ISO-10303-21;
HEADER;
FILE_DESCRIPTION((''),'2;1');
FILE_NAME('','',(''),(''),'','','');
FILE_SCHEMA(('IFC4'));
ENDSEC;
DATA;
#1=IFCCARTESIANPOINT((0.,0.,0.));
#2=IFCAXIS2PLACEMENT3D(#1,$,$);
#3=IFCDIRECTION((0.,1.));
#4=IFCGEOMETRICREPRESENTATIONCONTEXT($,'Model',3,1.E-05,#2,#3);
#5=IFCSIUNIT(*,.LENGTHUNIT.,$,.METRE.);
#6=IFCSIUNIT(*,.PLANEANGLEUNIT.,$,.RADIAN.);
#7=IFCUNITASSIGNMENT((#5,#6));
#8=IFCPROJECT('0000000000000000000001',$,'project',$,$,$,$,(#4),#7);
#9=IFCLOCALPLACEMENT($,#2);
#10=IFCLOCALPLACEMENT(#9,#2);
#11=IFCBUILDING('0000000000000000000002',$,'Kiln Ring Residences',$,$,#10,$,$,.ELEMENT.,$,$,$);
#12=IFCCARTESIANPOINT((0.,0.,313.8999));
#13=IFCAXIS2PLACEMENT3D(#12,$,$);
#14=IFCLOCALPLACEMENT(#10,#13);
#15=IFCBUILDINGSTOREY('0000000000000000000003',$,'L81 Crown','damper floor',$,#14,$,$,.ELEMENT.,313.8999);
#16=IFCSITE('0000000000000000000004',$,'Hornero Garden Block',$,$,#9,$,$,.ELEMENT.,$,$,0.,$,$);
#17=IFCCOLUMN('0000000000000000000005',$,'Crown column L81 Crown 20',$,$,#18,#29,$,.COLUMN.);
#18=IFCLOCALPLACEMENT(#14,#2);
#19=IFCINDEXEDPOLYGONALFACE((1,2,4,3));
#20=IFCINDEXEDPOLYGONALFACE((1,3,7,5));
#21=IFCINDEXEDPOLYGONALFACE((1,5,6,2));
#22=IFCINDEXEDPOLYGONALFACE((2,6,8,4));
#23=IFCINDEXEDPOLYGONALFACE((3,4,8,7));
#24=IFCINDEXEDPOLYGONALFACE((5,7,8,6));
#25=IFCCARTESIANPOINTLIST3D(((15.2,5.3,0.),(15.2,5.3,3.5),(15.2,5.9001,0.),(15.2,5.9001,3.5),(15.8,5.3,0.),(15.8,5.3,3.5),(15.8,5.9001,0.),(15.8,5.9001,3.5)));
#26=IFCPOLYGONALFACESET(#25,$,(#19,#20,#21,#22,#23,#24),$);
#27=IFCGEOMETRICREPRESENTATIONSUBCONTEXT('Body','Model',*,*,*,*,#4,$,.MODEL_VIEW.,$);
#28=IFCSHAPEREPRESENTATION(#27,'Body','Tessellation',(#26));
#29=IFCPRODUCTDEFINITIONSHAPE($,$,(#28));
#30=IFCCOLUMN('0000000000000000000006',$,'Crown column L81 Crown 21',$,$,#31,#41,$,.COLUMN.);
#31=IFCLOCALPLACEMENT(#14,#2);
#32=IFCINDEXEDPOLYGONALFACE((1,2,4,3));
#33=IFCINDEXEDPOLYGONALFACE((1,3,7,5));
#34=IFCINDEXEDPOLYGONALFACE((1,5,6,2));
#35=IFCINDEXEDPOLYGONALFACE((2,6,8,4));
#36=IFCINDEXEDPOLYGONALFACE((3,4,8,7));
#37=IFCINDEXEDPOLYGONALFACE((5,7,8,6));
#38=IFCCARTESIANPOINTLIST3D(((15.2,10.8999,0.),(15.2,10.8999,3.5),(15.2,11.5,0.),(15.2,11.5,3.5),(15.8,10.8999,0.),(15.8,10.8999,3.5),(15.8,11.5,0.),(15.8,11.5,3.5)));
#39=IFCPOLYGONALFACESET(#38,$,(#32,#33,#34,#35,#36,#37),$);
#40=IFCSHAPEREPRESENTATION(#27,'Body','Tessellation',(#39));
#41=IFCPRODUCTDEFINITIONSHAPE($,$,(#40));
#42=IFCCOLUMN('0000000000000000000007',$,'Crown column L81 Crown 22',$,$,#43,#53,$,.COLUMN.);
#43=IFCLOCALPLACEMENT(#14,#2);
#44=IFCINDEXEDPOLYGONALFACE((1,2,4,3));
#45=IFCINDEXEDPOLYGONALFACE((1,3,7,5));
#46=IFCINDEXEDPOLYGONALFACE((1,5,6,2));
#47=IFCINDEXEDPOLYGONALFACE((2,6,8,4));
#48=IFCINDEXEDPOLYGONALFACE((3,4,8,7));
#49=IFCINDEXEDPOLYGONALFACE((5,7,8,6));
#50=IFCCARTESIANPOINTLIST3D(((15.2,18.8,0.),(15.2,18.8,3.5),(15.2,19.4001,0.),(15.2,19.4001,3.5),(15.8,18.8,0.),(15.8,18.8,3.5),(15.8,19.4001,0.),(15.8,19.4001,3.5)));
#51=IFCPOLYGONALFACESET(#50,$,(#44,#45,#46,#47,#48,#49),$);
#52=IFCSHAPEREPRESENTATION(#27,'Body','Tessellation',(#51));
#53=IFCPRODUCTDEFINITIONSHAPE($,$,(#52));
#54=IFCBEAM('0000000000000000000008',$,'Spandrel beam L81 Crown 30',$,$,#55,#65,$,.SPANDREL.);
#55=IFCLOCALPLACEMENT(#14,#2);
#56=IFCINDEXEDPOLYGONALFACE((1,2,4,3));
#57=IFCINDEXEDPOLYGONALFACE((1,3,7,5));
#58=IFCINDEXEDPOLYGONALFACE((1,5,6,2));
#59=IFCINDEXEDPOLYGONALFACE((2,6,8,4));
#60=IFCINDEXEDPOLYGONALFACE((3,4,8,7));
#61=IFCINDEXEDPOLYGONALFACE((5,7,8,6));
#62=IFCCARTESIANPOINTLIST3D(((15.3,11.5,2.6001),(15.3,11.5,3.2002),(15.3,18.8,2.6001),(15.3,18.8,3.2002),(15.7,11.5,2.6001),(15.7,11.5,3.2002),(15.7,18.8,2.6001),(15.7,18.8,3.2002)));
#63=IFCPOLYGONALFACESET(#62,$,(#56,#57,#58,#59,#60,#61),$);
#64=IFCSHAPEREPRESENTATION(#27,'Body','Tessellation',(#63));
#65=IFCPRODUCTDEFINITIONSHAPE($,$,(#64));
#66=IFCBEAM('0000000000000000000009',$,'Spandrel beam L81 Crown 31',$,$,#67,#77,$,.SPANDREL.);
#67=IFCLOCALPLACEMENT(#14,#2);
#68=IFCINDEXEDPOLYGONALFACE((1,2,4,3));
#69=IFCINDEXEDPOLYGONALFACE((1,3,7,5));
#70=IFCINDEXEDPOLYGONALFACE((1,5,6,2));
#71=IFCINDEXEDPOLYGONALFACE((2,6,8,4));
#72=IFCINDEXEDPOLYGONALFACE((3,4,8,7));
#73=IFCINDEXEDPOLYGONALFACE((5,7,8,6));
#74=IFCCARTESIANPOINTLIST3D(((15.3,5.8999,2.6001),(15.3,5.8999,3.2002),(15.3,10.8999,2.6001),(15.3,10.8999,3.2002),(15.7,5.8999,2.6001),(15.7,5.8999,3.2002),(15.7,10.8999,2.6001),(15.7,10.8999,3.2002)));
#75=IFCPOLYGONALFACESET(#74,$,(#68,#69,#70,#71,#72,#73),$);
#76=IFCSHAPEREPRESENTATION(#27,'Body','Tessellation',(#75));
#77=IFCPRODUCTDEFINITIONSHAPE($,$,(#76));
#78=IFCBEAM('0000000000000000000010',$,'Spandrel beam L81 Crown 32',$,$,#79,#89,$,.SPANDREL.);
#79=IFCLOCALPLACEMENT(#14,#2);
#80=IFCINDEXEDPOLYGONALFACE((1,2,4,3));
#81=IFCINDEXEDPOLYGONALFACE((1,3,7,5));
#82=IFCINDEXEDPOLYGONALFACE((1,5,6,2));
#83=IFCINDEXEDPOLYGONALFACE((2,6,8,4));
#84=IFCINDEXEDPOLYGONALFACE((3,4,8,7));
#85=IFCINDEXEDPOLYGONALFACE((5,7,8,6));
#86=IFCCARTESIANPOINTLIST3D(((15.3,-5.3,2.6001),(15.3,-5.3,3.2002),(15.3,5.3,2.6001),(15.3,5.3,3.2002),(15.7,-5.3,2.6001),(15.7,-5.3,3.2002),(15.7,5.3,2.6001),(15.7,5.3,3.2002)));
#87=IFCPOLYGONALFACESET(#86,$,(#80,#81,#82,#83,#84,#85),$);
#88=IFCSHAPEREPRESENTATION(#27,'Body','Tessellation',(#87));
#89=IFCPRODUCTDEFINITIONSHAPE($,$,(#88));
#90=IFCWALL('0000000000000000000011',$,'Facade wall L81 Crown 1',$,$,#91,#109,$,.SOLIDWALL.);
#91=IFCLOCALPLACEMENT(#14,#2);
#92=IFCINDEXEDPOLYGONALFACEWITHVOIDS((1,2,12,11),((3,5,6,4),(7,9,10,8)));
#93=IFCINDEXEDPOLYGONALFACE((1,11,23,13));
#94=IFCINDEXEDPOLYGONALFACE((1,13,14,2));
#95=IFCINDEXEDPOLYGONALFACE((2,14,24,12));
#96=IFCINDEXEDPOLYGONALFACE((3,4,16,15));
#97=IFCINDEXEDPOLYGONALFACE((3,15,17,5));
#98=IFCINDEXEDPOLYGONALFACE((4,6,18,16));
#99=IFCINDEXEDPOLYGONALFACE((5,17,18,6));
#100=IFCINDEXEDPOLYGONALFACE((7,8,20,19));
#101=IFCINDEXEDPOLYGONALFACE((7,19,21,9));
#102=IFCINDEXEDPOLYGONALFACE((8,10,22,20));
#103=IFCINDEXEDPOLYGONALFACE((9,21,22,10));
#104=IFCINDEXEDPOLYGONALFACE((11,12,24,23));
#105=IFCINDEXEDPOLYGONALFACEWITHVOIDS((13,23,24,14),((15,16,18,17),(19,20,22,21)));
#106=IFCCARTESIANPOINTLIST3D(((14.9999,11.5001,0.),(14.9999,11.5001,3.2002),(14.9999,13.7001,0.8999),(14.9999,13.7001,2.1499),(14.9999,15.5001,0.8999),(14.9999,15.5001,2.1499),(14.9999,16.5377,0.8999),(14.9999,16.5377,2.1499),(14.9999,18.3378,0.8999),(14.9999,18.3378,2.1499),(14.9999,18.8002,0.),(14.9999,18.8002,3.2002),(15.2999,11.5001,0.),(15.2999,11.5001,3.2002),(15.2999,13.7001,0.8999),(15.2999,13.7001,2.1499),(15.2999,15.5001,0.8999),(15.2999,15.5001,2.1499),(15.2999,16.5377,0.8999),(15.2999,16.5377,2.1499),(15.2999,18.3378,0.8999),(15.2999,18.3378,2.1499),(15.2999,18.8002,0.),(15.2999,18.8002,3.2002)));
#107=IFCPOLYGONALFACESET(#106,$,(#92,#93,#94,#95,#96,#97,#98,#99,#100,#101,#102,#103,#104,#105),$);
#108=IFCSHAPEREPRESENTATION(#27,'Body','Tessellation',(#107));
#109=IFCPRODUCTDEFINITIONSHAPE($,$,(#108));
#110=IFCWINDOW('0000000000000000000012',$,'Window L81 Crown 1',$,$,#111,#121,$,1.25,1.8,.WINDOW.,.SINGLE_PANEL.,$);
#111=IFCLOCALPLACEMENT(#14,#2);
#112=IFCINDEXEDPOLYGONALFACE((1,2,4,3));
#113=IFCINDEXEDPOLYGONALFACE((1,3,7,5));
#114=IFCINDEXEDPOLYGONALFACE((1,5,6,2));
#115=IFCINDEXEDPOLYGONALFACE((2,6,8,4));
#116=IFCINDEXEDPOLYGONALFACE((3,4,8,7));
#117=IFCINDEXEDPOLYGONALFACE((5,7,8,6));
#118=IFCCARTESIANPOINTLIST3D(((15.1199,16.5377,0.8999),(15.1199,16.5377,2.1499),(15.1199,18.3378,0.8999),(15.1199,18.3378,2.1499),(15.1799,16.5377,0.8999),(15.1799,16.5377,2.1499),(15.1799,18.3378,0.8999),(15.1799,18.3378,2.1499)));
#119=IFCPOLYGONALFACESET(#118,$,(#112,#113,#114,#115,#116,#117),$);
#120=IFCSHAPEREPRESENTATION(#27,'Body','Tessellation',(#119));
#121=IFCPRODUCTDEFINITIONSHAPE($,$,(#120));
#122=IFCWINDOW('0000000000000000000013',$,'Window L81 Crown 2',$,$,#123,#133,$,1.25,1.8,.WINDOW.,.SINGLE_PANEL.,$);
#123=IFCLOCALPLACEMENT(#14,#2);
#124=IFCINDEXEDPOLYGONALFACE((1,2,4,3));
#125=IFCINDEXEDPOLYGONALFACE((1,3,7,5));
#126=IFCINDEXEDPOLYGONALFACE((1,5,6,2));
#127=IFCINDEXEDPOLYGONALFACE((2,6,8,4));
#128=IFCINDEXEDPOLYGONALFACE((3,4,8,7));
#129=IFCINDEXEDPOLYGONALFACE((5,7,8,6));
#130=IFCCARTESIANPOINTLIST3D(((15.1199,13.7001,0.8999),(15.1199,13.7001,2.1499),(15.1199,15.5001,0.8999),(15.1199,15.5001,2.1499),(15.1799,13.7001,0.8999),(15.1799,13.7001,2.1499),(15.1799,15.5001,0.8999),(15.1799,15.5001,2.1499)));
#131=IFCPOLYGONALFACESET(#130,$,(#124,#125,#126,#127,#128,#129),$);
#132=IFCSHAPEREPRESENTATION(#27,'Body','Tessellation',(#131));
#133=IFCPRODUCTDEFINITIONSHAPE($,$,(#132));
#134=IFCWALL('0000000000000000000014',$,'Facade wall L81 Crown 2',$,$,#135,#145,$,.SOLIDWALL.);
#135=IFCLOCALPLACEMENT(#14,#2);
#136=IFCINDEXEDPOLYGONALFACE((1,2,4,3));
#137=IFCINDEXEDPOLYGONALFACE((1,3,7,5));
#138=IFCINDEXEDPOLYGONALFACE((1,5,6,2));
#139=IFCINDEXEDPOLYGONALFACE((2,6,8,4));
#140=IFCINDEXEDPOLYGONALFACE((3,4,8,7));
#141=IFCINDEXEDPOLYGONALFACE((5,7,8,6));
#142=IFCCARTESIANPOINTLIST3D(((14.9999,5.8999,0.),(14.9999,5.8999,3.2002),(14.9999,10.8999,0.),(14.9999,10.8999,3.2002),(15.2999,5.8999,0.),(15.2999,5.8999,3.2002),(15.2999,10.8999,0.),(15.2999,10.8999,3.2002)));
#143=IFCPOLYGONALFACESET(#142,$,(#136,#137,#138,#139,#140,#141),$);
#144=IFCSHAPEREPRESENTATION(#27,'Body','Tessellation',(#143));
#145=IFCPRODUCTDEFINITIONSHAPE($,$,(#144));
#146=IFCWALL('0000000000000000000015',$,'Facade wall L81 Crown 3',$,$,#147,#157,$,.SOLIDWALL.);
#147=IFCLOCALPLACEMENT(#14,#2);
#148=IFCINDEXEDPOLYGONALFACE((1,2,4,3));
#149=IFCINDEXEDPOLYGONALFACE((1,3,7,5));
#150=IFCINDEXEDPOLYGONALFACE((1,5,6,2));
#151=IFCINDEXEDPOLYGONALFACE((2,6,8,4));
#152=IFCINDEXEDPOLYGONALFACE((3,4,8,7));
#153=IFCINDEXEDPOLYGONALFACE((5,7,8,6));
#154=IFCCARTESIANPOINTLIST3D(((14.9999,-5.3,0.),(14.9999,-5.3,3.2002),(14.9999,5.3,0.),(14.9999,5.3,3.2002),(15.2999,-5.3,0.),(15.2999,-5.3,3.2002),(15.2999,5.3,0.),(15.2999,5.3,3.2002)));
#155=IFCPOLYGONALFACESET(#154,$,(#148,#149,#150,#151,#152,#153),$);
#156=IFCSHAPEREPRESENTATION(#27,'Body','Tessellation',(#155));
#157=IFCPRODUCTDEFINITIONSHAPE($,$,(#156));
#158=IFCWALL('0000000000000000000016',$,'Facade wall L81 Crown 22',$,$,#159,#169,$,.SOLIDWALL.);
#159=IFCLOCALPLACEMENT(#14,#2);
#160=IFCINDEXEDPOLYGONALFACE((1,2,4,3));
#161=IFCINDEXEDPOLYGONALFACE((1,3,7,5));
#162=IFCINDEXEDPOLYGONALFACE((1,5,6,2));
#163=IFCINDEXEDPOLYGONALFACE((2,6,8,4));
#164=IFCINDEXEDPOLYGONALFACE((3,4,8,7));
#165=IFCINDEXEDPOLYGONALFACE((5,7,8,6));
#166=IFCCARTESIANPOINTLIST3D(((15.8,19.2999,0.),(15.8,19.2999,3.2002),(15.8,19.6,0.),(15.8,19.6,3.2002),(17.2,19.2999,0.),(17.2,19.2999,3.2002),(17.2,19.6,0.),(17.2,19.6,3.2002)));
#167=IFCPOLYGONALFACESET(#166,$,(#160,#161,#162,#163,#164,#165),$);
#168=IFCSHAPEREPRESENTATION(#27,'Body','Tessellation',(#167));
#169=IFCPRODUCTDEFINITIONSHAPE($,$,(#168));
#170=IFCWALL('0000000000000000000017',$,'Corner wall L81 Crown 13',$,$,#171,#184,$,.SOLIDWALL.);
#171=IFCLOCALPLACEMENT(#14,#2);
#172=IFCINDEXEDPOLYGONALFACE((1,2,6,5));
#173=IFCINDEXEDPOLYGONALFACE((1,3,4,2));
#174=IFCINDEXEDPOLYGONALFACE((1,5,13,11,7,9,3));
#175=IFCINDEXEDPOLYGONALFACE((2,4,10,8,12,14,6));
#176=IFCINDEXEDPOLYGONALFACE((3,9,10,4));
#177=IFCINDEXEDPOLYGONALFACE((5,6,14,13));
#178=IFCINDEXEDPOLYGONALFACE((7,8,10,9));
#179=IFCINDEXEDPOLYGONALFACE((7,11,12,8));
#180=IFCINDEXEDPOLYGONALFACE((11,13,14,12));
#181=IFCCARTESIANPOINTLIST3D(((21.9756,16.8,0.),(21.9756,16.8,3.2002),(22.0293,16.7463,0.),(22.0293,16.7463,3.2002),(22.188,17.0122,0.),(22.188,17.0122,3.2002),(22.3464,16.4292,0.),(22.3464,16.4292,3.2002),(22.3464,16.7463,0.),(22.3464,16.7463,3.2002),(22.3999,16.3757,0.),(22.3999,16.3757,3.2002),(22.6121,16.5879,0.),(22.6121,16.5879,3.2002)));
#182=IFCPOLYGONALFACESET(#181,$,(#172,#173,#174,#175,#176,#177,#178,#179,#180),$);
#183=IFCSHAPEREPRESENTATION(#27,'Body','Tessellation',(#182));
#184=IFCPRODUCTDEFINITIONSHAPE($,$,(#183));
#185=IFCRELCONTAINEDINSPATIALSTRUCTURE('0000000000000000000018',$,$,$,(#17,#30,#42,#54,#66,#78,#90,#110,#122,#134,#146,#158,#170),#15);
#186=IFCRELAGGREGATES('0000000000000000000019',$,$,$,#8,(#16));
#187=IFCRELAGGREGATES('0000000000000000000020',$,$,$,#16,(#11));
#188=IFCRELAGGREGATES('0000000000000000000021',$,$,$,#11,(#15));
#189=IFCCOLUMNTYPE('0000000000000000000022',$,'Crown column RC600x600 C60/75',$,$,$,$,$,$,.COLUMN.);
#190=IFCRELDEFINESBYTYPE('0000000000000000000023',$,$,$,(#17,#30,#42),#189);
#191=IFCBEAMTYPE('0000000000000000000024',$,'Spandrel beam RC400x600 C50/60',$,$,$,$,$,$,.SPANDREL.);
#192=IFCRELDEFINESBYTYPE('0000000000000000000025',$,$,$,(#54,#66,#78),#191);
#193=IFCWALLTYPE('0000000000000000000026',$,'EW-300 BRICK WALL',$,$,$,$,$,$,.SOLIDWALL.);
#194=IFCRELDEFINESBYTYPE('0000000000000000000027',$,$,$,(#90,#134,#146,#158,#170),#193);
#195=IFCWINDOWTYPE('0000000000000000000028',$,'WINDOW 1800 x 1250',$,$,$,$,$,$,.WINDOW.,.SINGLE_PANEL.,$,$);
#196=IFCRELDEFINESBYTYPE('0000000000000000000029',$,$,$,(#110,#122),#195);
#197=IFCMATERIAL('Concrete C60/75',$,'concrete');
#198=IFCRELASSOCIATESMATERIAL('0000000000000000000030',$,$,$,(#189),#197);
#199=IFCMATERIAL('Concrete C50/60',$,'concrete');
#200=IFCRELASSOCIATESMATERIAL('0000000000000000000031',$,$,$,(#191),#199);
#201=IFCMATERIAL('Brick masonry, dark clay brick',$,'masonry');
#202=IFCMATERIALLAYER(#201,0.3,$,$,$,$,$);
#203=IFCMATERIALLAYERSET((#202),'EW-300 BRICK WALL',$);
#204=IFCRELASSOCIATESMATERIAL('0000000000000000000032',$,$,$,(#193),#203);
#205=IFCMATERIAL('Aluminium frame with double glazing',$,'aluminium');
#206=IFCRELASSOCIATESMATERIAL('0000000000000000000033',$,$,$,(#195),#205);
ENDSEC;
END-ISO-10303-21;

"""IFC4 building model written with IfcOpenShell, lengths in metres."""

from ifc_helpers import new_model, si_unit, direction, frame, frame_2d, origin, origin_2d, place, context, subcontext, project, spatial, polyline, rectangle, outline, extrude, material, layer, layer_set, material_profile, profile_set, type_object, element, fill, save


model = new_model("IFC4")

# Units and contexts
model_context = context("Model", 3, precision=1e-05, world=origin(), true_north=direction((0.0, 1.0)))
body_context = subcontext(model_context, "Body", "Model", "MODEL_VIEW")
ifc_project = project(units=[si_unit("LENGTHUNIT", "METRE"), si_unit("PLANEANGLEUNIT", "RADIAN")], contexts=[model_context])

# Site, building, storey
site_placement = place(None, origin())
site = spatial("IfcSite", under=ifc_project, at=site_placement, Name="Hornero Garden Block", CompositionType="ELEMENT", RefElevation=0.0)
building_placement = place(site_placement, origin())
building = spatial("IfcBuilding", under=site, at=building_placement, Name="Kiln Ring Residences", CompositionType="ELEMENT")
storey_placement = place(building_placement, frame((0.0, 0.0, 313.8999)))
storey = spatial("IfcBuildingStorey", under=building, at=storey_placement, Name="L81 Crown", Description="damper floor", CompositionType="ELEMENT", Elevation=313.8999)

# Columns
ifc_material_1 = material(Name="Concrete C60/75", Category="concrete")
ifc_material_profile_1 = material_profile(ifc_material_1, rectangle(XDim=0.6001, YDim=0.6001, at=origin_2d()), Name="RC600x600")
ifc_profile_set_1 = profile_set([ifc_material_profile_1], Name="Concrete C60/75")
column_type = type_object("IfcColumnType", Name="Crown column RC600x600 C60/75", PredefinedType="COLUMN", material=ifc_profile_set_1)
for number, where, z_axis, x_axis, name in (
    (1, (15.5, 5.6001, 0.0), (0.0, 0.0, 1.0), (1.0, 0.0, 0.0), "Crown column L81 Crown 20"),
    (2, (15.5, 11.2, 0.0), (0.0, 0.0, 1.0), (1.0, 0.0, 0.0), "Crown column L81 Crown 21"),
    (3, (15.5, 19.1001, 0.0), (0.0, 0.0, 1.0), (1.0, 0.0, 0.0), "Crown column L81 Crown 22"),
):
    element("IfcColumn", number, at=place(storey_placement, frame(where, z_axis=z_axis, x_axis=x_axis)), inside=storey, type_object=column_type, Name=name, PredefinedType="COLUMN", context=body_context, shape_type="SweptSolid", body=[
        extrude(rectangle(XDim=0.6001, YDim=0.6001, at=origin_2d()), origin(), (0.0, 0.0, 1.0), 3.5),
    ])

# Beams
ifc_material_2 = material(Name="Concrete C50/60", Category="concrete")
ifc_material_profile_2 = material_profile(ifc_material_2, rectangle(XDim=0.3999, YDim=0.6001, at=origin_2d()), Name="RC400x600")
ifc_profile_set_2 = profile_set([ifc_material_profile_2], Name="Concrete C50/60")
beam_type = type_object("IfcBeamType", Name="Spandrel beam RC400x600 C50/60", PredefinedType="SPANDREL", material=ifc_profile_set_2)
beam_1_placement = place(storey_placement, frame((15.5, 18.8, 2.9001), z_axis=(0.0, -1.0, 0.0), x_axis=(1.0, 0.0, 0.0)))
element("IfcBeam", 4, at=beam_1_placement, inside=storey, type_object=beam_type, Name="Spandrel beam L81 Crown 30", PredefinedType="SPANDREL", context=body_context, shape_type="SweptSolid", body=[
    extrude(rectangle(XDim=0.3999, YDim=0.6001, at=origin_2d()), origin(), (0.0, 0.0, 1.0), 7.3),
])
beam_2_placement = place(storey_placement, frame((15.5, 10.8999, 2.9001), z_axis=(0.0, -1.0, 0.0), x_axis=(1.0, 0.0, 0.0)))
element("IfcBeam", 5, at=beam_2_placement, inside=storey, type_object=beam_type, Name="Spandrel beam L81 Crown 31", PredefinedType="SPANDREL", context=body_context, shape_type="SweptSolid", body=[
    extrude(rectangle(XDim=0.3999, YDim=0.6001, at=origin_2d()), origin(), (0.0, 0.0, 1.0), 5.0),
])
beam_3_placement = place(storey_placement, frame((15.5, 5.3, 2.9001), z_axis=(0.0, -1.0, 0.0), x_axis=(1.0, 0.0, 0.0)))
element("IfcBeam", 6, at=beam_3_placement, inside=storey, type_object=beam_type, Name="Spandrel beam L81 Crown 32", PredefinedType="SPANDREL", context=body_context, shape_type="SweptSolid", body=[
    extrude(rectangle(XDim=0.3999, YDim=0.6001, at=origin_2d()), origin(), (0.0, 0.0, 1.0), 10.6001),
])

# Wall, openings, windows
ifc_material_3 = material(Name="Brick masonry, dark clay brick", Category="masonry")
ifc_layer_1 = layer(ifc_material_3, 0.3)
ifc_layer_set_1 = layer_set([ifc_layer_1], Name="EW-300 BRICK WALL")
wall_type_1 = type_object("IfcWallType", Name="EW-300 BRICK WALL", PredefinedType="SOLIDWALL", material=ifc_layer_set_1)
wall_1_placement = place(storey_placement, frame((15.1499, 18.8, 0.0), z_axis=(0.0, 0.0, 1.0), x_axis=(0.0, -1.0, 0.0)))
wall_1 = element("IfcWall", 7, at=wall_1_placement, inside=storey, type_object=wall_type_1, Name="Facade wall L81 Crown 1", PredefinedType="SOLIDWALL", context=body_context, shape_type="SweptSolid", body=[
    extrude(rectangle(XDim=7.3, YDim=0.3, at=frame_2d((3.6499, 0.0))), origin(), (0.0, 0.0, 1.0), 3.2002),
])
opening_1_placement = place(wall_1_placement, frame((0.4624, 0.0, 0.8999)))
opening_1 = element("IfcOpeningElement", 8, at=opening_1_placement, cuts=wall_1, PredefinedType="OPENING", context=body_context, shape_type="SweptSolid", body=[
    extrude(rectangle(XDim=1.8, YDim=1.25, at=frame_2d((0.8999, 0.625))), frame((0.0, 0.1599, 0.0), z_axis=(0.0, -1.0, 0.0), x_axis=(1.0, 0.0, 0.0)), (0.0, 0.0, 1.0), 0.3201),
])
opening_2_placement = place(wall_1_placement, frame((3.3, 0.0, 0.8999)))
opening_2 = element("IfcOpeningElement", 9, at=opening_2_placement, cuts=wall_1, PredefinedType="OPENING", context=body_context, shape_type="SweptSolid", body=[
    extrude(rectangle(XDim=1.8, YDim=1.25, at=frame_2d((0.8999, 0.625))), frame((0.0, 0.1599, 0.0), z_axis=(0.0, -1.0, 0.0), x_axis=(1.0, 0.0, 0.0)), (0.0, 0.0, 1.0), 0.3201),
])
ifc_material_4 = material(Name="Aluminium frame with double glazing", Category="aluminium")
window_type = type_object("IfcWindowType", Name="WINDOW 1800 x 1250", PartitioningType="SINGLE_PANEL", PredefinedType="WINDOW", material=ifc_material_4)
window_1_placement = place(opening_1_placement, origin())
window_1 = element("IfcWindow", 10, at=window_1_placement, inside=storey, type_object=window_type, Name="Window L81 Crown 1", OverallHeight=1.25, OverallWidth=1.8, PartitioningType="SINGLE_PANEL", PredefinedType="WINDOW", context=body_context, shape_type="SweptSolid", body=[
    extrude(rectangle(XDim=1.8, YDim=1.25, at=frame_2d((0.8999, 0.625))), frame((0.0, 0.03, 0.0), z_axis=(0.0, -1.0, 0.0), x_axis=(1.0, 0.0, 0.0)), (0.0, 0.0, 1.0), 0.0601),
])
fill(opening_1, window_1)
window_2_placement = place(opening_2_placement, origin())
window_2 = element("IfcWindow", 11, at=window_2_placement, inside=storey, type_object=window_type, Name="Window L81 Crown 2", OverallHeight=1.25, OverallWidth=1.8, PartitioningType="SINGLE_PANEL", PredefinedType="WINDOW", context=body_context, shape_type="SweptSolid", body=[
    extrude(rectangle(XDim=1.8, YDim=1.25, at=frame_2d((0.8999, 0.625))), frame((0.0, 0.03, 0.0), z_axis=(0.0, -1.0, 0.0), x_axis=(1.0, 0.0, 0.0)), (0.0, 0.0, 1.0), 0.0601),
])
fill(opening_2, window_2)

# Walls
wall_2_placement = place(storey_placement, frame((15.1499, 10.8999, 0.0), z_axis=(0.0, 0.0, 1.0), x_axis=(0.0, -1.0, 0.0)))
element("IfcWall", 12, at=wall_2_placement, inside=storey, type_object=wall_type_1, Name="Facade wall L81 Crown 2", PredefinedType="SOLIDWALL", context=body_context, shape_type="SweptSolid", body=[
    extrude(rectangle(XDim=5.0, YDim=0.3, at=frame_2d((2.5, 0.0))), origin(), (0.0, 0.0, 1.0), 3.2002),
])
wall_3_placement = place(storey_placement, frame((15.1499, 5.3, 0.0), z_axis=(0.0, 0.0, 1.0), x_axis=(0.0, -1.0, 0.0)))
element("IfcWall", 13, at=wall_3_placement, inside=storey, type_object=wall_type_1, Name="Facade wall L81 Crown 3", PredefinedType="SOLIDWALL", context=body_context, shape_type="SweptSolid", body=[
    extrude(rectangle(XDim=10.6001, YDim=0.3, at=frame_2d((5.3, 0.0))), origin(), (0.0, 0.0, 1.0), 3.2002),
])
wall_4_placement = place(storey_placement, frame((17.2, 19.45, 0.0), z_axis=(0.0, 0.0, 1.0), x_axis=(-1.0, 0.0, 0.0)))
element("IfcWall", 14, at=wall_4_placement, inside=storey, type_object=wall_type_1, Name="Facade wall L81 Crown 22", PredefinedType="SOLIDWALL", context=body_context, shape_type="SweptSolid", body=[
    extrude(rectangle(XDim=1.3999, YDim=0.3, at=frame_2d((0.7, 0.0))), origin(), (0.0, 0.0, 1.0), 3.2002),
])
placement = place(storey_placement, origin())
element("IfcWall", 15, at=placement, inside=storey, type_object=wall_type_1, Name="Corner wall L81 Crown 13", PredefinedType="SOLIDWALL", context=body_context, shape_type="SweptSolid", body=[
    extrude(outline(polyline([(22.3999, 16.3757), (22.6121, 16.5879), (22.188, 17.0122), (21.9756, 16.8), (22.0293, 16.7463), (22.3464, 16.7463), (22.3464, 16.4292), (22.3999, 16.3757)])), origin(), (0.0, 0.0, 1.0), 3.2002),
])

save(model, "model.ifc")
